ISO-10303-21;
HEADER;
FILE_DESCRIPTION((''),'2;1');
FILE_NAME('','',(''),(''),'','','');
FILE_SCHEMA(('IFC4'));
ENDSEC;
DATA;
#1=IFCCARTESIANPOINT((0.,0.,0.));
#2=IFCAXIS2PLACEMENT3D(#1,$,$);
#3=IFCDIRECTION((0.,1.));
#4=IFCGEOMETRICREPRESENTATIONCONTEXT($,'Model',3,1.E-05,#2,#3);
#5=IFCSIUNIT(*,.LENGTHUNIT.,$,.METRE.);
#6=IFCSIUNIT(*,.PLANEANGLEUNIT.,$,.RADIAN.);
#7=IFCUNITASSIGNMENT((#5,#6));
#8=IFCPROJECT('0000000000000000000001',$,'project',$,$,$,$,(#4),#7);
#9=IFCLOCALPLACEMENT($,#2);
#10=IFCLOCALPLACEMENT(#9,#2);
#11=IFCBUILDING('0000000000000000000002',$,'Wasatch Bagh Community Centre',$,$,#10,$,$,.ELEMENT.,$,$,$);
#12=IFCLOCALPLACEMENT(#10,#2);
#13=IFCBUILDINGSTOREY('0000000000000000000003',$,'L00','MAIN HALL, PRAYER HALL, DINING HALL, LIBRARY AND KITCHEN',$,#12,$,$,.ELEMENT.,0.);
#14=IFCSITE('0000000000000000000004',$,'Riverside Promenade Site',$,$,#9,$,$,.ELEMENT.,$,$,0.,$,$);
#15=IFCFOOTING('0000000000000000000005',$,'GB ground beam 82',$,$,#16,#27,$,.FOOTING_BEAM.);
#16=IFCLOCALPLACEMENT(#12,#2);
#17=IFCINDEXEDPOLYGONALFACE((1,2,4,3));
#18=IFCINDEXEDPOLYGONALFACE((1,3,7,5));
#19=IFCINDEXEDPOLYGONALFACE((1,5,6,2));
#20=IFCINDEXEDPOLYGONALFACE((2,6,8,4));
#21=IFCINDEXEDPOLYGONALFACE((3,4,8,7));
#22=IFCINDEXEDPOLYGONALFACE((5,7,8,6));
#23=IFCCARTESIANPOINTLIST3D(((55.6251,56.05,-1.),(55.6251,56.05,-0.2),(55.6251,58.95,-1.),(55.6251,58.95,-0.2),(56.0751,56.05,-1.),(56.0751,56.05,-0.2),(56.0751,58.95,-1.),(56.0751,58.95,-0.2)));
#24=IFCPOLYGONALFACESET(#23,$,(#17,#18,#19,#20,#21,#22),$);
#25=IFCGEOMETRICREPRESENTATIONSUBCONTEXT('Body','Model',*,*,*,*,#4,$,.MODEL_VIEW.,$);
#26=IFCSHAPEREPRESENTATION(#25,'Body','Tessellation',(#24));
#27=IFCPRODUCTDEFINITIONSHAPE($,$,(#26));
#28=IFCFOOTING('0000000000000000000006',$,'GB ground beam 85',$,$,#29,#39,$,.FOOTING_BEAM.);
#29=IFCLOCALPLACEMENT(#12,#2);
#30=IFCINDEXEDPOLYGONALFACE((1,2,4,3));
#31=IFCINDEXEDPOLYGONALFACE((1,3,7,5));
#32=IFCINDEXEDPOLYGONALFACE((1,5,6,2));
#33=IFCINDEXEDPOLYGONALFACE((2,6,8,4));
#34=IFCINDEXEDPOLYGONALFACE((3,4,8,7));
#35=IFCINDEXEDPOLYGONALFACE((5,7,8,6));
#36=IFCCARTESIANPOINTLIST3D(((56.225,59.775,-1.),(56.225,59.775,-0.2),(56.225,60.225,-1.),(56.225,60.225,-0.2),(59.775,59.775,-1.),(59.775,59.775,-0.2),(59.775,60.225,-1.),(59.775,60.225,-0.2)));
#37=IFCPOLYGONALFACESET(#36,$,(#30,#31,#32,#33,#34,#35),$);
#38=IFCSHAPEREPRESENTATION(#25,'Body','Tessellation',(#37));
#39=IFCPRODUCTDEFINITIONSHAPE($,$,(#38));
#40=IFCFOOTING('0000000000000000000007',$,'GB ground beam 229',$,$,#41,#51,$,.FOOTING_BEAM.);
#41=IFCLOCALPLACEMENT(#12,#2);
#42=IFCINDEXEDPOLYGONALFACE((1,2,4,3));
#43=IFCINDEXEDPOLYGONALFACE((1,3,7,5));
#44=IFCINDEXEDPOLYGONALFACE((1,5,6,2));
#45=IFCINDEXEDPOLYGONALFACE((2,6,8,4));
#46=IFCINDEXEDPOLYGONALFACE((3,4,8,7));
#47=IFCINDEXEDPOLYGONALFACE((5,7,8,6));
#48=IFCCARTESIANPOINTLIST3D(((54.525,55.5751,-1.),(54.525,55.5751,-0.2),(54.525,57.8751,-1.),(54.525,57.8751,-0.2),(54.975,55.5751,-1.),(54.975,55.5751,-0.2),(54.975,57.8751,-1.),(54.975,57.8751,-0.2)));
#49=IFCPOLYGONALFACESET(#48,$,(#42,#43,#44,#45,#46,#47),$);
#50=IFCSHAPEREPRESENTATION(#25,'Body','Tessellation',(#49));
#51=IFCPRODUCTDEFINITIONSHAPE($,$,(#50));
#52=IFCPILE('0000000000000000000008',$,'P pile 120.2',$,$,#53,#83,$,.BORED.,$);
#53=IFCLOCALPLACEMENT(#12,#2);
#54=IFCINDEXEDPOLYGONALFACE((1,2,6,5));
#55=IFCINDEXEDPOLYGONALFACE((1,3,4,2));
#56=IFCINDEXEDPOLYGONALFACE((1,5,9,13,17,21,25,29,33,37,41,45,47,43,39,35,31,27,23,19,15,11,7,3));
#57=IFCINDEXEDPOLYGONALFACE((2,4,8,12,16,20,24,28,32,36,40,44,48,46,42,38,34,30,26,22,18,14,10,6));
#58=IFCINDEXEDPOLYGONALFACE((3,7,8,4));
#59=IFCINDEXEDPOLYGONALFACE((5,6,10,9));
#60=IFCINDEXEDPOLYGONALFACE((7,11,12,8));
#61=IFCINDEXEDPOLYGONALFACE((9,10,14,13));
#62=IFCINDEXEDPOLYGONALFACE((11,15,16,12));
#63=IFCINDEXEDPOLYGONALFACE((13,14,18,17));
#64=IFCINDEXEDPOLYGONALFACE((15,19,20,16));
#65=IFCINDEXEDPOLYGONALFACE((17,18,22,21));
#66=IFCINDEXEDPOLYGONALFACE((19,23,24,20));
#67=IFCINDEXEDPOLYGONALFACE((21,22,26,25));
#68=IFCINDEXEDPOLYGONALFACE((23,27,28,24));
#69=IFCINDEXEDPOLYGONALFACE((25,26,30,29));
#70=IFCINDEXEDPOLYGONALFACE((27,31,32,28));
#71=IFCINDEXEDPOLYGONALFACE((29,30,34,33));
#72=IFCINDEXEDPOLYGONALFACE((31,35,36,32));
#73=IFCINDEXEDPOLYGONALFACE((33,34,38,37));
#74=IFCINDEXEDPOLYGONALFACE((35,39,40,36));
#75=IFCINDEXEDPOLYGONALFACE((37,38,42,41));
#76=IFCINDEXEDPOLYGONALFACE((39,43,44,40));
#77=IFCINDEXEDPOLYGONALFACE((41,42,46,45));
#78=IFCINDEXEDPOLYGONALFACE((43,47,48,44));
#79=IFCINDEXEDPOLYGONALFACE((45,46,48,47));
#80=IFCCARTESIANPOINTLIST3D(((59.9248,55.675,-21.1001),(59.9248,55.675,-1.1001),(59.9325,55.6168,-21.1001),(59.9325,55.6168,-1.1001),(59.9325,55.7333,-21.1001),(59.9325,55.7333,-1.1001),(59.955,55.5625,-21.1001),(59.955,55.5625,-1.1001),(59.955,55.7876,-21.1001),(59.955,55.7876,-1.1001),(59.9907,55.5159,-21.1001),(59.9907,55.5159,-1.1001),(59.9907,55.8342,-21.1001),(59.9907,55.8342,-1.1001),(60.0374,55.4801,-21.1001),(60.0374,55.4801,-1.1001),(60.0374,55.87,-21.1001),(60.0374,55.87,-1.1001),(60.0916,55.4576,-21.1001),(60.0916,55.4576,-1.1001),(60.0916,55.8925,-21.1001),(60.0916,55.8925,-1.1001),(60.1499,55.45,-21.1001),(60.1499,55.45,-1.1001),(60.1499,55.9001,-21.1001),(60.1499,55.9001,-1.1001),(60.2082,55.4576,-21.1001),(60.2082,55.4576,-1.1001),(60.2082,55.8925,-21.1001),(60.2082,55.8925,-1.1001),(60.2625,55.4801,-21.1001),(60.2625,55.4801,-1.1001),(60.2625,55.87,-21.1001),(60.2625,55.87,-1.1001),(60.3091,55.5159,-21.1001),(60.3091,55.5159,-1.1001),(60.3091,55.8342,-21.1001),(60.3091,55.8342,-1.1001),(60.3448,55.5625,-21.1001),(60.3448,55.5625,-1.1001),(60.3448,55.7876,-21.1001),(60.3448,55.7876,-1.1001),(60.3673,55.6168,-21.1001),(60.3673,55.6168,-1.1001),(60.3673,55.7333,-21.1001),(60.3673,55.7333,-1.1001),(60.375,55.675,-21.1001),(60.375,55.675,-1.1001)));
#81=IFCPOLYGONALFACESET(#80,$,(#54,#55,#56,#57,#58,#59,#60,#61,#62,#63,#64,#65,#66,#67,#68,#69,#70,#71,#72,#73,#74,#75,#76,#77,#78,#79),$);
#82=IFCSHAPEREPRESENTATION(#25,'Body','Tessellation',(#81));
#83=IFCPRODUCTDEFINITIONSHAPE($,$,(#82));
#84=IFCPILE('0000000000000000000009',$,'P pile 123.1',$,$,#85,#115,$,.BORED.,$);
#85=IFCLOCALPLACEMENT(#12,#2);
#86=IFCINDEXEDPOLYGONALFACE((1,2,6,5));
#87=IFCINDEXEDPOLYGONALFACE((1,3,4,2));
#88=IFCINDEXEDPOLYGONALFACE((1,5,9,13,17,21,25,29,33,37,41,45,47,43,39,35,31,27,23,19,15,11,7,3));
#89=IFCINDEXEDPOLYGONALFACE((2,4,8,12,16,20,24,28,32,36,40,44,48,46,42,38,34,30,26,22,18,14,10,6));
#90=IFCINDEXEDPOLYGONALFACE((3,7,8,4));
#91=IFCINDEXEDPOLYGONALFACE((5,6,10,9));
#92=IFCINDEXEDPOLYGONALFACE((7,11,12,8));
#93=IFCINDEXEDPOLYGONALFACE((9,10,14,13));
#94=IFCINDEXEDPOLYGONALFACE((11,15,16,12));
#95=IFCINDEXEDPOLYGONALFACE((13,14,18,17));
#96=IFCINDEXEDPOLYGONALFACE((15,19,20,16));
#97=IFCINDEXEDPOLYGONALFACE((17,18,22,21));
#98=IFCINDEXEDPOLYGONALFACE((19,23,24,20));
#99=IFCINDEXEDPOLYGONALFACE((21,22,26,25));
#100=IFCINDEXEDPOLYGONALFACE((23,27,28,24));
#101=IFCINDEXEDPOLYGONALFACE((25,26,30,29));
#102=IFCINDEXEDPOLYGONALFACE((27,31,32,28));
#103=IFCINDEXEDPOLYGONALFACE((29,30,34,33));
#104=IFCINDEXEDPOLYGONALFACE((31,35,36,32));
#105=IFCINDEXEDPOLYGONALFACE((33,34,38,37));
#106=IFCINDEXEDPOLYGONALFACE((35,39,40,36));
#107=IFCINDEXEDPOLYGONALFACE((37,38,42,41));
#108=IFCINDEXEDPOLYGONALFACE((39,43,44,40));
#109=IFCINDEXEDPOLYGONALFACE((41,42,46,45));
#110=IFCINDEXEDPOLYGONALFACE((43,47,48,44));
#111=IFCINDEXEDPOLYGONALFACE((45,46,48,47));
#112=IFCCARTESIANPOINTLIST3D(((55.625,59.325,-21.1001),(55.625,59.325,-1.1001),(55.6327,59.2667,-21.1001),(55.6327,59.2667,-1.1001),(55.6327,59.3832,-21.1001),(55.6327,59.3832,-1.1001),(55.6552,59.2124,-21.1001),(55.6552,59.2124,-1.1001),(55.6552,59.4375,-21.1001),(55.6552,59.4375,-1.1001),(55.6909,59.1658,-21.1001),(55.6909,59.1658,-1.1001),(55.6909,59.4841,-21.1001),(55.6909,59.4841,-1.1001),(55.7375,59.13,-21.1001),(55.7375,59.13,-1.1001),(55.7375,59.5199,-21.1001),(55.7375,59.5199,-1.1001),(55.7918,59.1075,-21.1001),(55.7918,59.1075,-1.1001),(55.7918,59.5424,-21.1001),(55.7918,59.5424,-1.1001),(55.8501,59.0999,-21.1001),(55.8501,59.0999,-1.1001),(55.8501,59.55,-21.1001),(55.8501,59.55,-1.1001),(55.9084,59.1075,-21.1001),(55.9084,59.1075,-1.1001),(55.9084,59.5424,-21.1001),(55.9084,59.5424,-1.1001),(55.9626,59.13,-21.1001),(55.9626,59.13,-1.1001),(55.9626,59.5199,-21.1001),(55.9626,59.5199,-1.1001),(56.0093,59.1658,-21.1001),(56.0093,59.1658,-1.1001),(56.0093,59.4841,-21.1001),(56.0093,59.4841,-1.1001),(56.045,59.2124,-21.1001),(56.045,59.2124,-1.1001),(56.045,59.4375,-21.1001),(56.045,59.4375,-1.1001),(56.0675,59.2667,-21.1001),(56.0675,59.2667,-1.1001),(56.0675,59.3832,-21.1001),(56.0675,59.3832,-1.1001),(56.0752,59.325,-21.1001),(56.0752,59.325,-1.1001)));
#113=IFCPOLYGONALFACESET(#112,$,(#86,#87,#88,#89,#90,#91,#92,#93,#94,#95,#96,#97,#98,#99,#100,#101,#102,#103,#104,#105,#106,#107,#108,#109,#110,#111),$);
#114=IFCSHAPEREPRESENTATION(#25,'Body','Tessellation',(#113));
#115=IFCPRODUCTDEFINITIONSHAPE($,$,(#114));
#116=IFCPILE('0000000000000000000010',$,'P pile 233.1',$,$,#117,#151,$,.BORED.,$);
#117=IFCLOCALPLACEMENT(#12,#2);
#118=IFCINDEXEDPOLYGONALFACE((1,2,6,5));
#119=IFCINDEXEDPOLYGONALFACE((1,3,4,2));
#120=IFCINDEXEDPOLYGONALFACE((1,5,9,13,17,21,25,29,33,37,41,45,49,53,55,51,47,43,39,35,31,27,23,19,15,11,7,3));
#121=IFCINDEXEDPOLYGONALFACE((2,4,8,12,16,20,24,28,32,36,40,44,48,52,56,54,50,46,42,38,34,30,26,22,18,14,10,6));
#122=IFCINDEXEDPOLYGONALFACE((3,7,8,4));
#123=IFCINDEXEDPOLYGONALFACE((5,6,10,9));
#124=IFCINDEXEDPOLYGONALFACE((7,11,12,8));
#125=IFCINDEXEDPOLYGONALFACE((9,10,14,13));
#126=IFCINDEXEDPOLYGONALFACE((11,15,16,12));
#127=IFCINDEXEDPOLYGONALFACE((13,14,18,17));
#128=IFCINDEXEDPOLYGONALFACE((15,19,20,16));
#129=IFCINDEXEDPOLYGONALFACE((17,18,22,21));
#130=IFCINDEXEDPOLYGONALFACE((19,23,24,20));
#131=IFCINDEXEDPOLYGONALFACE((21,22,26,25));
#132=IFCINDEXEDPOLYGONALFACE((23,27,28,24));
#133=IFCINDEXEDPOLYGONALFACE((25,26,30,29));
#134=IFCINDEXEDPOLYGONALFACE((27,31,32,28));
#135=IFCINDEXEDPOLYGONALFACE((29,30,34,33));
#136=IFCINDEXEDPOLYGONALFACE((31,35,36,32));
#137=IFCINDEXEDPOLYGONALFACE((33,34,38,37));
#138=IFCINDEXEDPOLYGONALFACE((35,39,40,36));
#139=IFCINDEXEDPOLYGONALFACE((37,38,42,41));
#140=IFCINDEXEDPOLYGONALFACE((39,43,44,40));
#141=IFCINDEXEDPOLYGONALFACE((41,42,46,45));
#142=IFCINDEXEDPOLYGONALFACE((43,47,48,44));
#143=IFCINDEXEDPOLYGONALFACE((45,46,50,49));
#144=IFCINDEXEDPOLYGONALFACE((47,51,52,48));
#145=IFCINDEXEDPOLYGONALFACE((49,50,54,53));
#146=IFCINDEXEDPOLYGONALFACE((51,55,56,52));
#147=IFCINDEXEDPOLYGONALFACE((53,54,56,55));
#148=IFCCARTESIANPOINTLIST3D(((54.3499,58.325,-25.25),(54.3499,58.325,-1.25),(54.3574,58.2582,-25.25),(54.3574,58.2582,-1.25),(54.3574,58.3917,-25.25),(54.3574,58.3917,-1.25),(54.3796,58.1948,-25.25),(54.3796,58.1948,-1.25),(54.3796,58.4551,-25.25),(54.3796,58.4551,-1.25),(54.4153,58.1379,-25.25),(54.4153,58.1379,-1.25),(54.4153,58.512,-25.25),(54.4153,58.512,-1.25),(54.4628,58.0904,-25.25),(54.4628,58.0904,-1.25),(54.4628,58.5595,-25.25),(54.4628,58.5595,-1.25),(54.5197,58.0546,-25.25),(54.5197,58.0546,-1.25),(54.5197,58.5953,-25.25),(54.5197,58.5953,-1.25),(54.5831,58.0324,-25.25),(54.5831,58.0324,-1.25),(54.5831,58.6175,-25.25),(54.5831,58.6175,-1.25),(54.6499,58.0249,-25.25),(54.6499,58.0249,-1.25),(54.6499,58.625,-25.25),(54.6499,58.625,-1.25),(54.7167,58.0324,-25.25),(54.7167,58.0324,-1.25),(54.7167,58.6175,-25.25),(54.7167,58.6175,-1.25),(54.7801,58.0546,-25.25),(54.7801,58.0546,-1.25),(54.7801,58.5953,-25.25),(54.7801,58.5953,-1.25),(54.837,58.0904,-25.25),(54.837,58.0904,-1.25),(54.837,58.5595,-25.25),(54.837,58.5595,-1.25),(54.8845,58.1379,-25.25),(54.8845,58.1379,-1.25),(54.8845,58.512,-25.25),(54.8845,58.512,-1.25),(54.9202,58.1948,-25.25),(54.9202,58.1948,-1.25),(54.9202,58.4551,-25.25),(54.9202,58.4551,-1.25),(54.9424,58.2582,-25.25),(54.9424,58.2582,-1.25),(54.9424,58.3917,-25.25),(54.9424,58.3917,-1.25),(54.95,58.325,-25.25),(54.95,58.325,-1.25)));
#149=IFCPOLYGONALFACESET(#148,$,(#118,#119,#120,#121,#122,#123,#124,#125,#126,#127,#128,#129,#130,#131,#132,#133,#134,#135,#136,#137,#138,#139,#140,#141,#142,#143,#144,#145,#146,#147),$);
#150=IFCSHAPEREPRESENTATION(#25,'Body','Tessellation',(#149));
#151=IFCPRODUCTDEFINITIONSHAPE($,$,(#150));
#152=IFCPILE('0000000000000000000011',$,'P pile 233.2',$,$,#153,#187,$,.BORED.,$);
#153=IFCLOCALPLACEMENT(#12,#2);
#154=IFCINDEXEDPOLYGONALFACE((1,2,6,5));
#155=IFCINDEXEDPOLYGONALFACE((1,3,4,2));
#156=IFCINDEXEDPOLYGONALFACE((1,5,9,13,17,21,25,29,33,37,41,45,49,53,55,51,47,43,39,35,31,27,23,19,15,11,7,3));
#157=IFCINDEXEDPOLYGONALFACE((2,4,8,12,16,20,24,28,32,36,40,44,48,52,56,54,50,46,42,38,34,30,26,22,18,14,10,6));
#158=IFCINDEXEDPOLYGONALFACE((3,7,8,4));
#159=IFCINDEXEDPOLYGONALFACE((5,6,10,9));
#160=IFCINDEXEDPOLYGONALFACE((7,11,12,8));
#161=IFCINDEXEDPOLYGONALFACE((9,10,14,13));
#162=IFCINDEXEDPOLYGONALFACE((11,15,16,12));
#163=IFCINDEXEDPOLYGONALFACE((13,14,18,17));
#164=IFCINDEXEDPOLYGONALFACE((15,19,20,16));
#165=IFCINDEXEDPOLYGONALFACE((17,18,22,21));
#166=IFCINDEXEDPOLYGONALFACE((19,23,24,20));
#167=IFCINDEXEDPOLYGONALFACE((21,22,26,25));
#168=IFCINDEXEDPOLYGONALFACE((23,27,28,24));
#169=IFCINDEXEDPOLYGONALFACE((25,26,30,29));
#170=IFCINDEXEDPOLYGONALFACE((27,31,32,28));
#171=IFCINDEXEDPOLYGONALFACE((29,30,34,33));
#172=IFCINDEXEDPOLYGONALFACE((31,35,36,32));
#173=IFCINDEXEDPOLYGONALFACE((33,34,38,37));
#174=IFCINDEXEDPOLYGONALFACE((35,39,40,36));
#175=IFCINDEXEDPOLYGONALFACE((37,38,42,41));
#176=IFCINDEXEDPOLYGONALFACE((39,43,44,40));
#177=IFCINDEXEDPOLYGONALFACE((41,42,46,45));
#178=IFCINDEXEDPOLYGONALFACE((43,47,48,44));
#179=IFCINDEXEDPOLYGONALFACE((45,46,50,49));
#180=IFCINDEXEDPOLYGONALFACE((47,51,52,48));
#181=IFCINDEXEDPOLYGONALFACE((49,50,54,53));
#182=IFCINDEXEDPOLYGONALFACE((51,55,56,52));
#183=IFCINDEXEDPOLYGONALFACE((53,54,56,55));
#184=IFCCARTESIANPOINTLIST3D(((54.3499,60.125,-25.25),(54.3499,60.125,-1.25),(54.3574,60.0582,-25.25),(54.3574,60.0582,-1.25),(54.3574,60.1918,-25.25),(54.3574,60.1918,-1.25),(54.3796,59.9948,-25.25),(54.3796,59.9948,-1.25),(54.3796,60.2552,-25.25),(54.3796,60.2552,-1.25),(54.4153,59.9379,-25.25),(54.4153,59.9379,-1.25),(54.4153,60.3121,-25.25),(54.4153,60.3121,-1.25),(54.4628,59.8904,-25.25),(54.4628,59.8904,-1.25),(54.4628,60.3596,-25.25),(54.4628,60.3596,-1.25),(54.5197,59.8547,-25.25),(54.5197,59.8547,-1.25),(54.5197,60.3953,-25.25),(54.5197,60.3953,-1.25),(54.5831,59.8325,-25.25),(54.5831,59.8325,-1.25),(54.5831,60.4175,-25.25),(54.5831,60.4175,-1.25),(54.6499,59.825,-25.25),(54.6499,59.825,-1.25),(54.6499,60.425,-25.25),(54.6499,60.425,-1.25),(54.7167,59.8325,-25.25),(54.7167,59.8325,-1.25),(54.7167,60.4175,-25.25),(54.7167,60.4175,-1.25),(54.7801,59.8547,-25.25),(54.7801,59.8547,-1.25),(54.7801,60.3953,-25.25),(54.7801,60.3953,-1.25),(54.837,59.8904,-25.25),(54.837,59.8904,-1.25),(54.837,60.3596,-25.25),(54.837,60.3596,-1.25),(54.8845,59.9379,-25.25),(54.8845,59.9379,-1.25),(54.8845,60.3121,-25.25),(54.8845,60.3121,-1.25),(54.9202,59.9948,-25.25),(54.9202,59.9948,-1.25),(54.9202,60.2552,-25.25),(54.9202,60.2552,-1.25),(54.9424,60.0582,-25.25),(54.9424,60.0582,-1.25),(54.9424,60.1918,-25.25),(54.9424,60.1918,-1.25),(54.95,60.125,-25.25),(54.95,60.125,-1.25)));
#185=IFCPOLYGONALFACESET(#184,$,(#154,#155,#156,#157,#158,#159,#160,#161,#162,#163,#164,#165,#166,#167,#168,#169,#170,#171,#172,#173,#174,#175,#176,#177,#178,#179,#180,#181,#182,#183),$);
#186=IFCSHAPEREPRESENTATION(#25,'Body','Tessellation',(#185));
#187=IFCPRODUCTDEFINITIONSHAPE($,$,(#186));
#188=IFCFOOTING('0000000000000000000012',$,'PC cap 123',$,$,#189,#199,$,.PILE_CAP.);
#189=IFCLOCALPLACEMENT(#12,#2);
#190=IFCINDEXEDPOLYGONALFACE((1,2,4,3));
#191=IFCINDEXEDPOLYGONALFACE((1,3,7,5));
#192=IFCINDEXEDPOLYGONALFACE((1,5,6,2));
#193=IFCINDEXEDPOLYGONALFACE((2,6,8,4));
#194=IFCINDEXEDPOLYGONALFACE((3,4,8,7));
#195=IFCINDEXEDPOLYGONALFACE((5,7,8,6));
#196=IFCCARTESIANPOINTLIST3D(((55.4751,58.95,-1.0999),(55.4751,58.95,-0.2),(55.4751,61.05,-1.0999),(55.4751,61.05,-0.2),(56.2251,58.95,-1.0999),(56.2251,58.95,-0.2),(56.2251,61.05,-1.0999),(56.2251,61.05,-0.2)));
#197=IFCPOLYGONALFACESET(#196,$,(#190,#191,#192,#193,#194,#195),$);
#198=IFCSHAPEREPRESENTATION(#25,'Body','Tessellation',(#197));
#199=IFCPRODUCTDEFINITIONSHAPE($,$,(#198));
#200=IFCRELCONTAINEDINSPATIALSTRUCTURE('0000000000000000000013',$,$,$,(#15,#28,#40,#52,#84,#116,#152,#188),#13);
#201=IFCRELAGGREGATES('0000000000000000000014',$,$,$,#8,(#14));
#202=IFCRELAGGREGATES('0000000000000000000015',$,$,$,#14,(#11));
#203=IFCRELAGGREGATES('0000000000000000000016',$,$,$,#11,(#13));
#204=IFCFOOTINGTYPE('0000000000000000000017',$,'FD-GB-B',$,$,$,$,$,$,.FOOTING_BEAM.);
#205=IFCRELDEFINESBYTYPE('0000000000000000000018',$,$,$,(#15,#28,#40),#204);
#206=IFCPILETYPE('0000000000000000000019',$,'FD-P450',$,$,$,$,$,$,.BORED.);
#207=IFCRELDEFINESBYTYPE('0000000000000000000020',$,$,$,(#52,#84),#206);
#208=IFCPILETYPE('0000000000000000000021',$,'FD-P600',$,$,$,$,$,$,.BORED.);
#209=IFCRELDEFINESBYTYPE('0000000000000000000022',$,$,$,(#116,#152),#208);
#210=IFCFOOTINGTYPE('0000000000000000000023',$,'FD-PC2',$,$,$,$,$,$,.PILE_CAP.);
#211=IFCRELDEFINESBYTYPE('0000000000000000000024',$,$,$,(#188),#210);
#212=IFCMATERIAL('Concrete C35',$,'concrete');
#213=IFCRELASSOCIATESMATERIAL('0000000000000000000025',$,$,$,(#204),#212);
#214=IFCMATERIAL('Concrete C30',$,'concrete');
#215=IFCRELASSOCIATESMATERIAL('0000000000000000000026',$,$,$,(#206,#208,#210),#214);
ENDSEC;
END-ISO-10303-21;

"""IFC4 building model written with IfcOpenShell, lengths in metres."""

from ifc_helpers import new_model, si_unit, direction, frame, origin, origin_2d, place, context, subcontext, project, spatial, rectangle, circle, extrude, material, material_profile, profile_set, type_object, element, save


model = new_model("IFC4")

# Units and contexts
model_context = context("Model", 3, precision=1e-05, world=origin(), true_north=direction((0.0, 1.0)))
body_context = subcontext(model_context, "Body", "Model", "MODEL_VIEW")
ifc_project = project(units=[si_unit("LENGTHUNIT", "METRE"), si_unit("PLANEANGLEUNIT", "RADIAN")], contexts=[model_context])

# Site, building, storey
site_placement = place(None, origin())
site = spatial("IfcSite", under=ifc_project, at=site_placement, Name="Riverside Promenade Site", CompositionType="ELEMENT", RefElevation=0.0)
building_placement = place(site_placement, origin())
building = spatial("IfcBuilding", under=site, at=building_placement, Name="Wasatch Bagh Community Centre", CompositionType="ELEMENT")
storey_placement = place(building_placement, origin())
storey = spatial("IfcBuildingStorey", under=building, at=storey_placement, Name="L00", Description="MAIN HALL, PRAYER HALL, DINING HALL, LIBRARY AND KITCHEN", CompositionType="ELEMENT", Elevation=0.0)

# Footings
ifc_material_1 = material(Name="Concrete C35", Category="concrete")
footing_type_1 = type_object("IfcFootingType", Name="FD-GB-B", PredefinedType="FOOTING_BEAM", material=ifc_material_1)
footing_1_placement = place(storey_placement, frame((55.8501, 57.5, -1.0), z_axis=(0.0, 0.0, 1.0), x_axis=(0.0, 1.0, 0.0)))
element("IfcFooting", 1, at=footing_1_placement, inside=storey, type_object=footing_type_1, Name="GB ground beam 82", PredefinedType="FOOTING_BEAM", context=body_context, shape_type="SweptSolid", body=[
    extrude(rectangle(XDim=2.8999, YDim=0.45, at=origin_2d()), origin(), (0.0, 0.0, 1.0), 0.8),
])
footing_2_placement = place(storey_placement, frame((58.0, 60.0, -1.0), z_axis=(0.0, 0.0, 1.0), x_axis=(1.0, 0.0, 0.0)))
element("IfcFooting", 2, at=footing_2_placement, inside=storey, type_object=footing_type_1, Name="GB ground beam 85", PredefinedType="FOOTING_BEAM", context=body_context, shape_type="SweptSolid", body=[
    extrude(rectangle(XDim=3.55, YDim=0.45, at=origin_2d()), origin(), (0.0, 0.0, 1.0), 0.8),
])
footing_3_placement = place(storey_placement, frame((54.75, 56.7251, -1.0), z_axis=(0.0, 0.0, 1.0), x_axis=(0.0, 1.0, 0.0)))
element("IfcFooting", 3, at=footing_3_placement, inside=storey, type_object=footing_type_1, Name="GB ground beam 229", PredefinedType="FOOTING_BEAM", context=body_context, shape_type="SweptSolid", body=[
    extrude(rectangle(XDim=2.3, YDim=0.45, at=origin_2d()), origin(), (0.0, 0.0, 1.0), 0.8),
])

# Piles
ifc_material_2 = material(Name="Concrete C30", Category="concrete")
ifc_material_profile_1 = material_profile(ifc_material_2, circle(Radius=0.2251, at=origin_2d()), Name="RC D450")
ifc_profile_set_1 = profile_set([ifc_material_profile_1], Name="Concrete C30")
pile_type_1 = type_object("IfcPileType", Name="FD-P450", PredefinedType="BORED", material=ifc_profile_set_1)
for number, where, z_axis, x_axis, name in (
    (4, (60.1499, 55.675, -1.1001), (0.0, 0.0, -1.0), (1.0, 0.0, 0.0), "P pile 120.2"),
    (5, (55.8501, 59.325, -1.1001), (0.0, 0.0, -1.0), (1.0, 0.0, 0.0), "P pile 123.1"),
):
    element("IfcPile", number, at=place(storey_placement, frame(where, z_axis=z_axis, x_axis=x_axis)), inside=storey, type_object=pile_type_1, Name=name, PredefinedType="BORED", context=body_context, shape_type="SweptSolid", body=[
        extrude(circle(Radius=0.2251, at=origin_2d()), origin(), (0.0, 0.0, 1.0), 20.0),
    ])
ifc_material_profile_2 = material_profile(ifc_material_2, circle(Radius=0.3, at=origin_2d()), Name="RC D600")
ifc_profile_set_2 = profile_set([ifc_material_profile_2], Name="Concrete C30")
pile_type_2 = type_object("IfcPileType", Name="FD-P600", PredefinedType="BORED", material=ifc_profile_set_2)
for number, where, z_axis, x_axis, name in (
    (6, (54.6499, 58.325, -1.25), (0.0, 0.0, -1.0), (1.0, 0.0, 0.0), "P pile 233.1"),
    (7, (54.6499, 60.125, -1.25), (0.0, 0.0, -1.0), (1.0, 0.0, 0.0), "P pile 233.2"),
):
    element("IfcPile", number, at=place(storey_placement, frame(where, z_axis=z_axis, x_axis=x_axis)), inside=storey, type_object=pile_type_2, Name=name, PredefinedType="BORED", context=body_context, shape_type="SweptSolid", body=[
        extrude(circle(Radius=0.3, at=origin_2d()), origin(), (0.0, 0.0, 1.0), 24.0),
    ])

# Footing
footing_type_2 = type_object("IfcFootingType", Name="FD-PC2", PredefinedType="PILE_CAP", material=ifc_material_2)
footing_4_placement = place(storey_placement, frame((55.8501, 60.0, -1.0999), z_axis=(0.0, 0.0, 1.0), x_axis=(0.0, 1.0, 0.0)))
element("IfcFooting", 8, at=footing_4_placement, inside=storey, type_object=footing_type_2, Name="PC cap 123", PredefinedType="PILE_CAP", context=body_context, shape_type="SweptSolid", body=[
    extrude(rectangle(XDim=2.1001, YDim=0.75, at=origin_2d()), origin(), (0.0, 0.0, 1.0), 0.8999),
])

save(model, "model.ifc")
